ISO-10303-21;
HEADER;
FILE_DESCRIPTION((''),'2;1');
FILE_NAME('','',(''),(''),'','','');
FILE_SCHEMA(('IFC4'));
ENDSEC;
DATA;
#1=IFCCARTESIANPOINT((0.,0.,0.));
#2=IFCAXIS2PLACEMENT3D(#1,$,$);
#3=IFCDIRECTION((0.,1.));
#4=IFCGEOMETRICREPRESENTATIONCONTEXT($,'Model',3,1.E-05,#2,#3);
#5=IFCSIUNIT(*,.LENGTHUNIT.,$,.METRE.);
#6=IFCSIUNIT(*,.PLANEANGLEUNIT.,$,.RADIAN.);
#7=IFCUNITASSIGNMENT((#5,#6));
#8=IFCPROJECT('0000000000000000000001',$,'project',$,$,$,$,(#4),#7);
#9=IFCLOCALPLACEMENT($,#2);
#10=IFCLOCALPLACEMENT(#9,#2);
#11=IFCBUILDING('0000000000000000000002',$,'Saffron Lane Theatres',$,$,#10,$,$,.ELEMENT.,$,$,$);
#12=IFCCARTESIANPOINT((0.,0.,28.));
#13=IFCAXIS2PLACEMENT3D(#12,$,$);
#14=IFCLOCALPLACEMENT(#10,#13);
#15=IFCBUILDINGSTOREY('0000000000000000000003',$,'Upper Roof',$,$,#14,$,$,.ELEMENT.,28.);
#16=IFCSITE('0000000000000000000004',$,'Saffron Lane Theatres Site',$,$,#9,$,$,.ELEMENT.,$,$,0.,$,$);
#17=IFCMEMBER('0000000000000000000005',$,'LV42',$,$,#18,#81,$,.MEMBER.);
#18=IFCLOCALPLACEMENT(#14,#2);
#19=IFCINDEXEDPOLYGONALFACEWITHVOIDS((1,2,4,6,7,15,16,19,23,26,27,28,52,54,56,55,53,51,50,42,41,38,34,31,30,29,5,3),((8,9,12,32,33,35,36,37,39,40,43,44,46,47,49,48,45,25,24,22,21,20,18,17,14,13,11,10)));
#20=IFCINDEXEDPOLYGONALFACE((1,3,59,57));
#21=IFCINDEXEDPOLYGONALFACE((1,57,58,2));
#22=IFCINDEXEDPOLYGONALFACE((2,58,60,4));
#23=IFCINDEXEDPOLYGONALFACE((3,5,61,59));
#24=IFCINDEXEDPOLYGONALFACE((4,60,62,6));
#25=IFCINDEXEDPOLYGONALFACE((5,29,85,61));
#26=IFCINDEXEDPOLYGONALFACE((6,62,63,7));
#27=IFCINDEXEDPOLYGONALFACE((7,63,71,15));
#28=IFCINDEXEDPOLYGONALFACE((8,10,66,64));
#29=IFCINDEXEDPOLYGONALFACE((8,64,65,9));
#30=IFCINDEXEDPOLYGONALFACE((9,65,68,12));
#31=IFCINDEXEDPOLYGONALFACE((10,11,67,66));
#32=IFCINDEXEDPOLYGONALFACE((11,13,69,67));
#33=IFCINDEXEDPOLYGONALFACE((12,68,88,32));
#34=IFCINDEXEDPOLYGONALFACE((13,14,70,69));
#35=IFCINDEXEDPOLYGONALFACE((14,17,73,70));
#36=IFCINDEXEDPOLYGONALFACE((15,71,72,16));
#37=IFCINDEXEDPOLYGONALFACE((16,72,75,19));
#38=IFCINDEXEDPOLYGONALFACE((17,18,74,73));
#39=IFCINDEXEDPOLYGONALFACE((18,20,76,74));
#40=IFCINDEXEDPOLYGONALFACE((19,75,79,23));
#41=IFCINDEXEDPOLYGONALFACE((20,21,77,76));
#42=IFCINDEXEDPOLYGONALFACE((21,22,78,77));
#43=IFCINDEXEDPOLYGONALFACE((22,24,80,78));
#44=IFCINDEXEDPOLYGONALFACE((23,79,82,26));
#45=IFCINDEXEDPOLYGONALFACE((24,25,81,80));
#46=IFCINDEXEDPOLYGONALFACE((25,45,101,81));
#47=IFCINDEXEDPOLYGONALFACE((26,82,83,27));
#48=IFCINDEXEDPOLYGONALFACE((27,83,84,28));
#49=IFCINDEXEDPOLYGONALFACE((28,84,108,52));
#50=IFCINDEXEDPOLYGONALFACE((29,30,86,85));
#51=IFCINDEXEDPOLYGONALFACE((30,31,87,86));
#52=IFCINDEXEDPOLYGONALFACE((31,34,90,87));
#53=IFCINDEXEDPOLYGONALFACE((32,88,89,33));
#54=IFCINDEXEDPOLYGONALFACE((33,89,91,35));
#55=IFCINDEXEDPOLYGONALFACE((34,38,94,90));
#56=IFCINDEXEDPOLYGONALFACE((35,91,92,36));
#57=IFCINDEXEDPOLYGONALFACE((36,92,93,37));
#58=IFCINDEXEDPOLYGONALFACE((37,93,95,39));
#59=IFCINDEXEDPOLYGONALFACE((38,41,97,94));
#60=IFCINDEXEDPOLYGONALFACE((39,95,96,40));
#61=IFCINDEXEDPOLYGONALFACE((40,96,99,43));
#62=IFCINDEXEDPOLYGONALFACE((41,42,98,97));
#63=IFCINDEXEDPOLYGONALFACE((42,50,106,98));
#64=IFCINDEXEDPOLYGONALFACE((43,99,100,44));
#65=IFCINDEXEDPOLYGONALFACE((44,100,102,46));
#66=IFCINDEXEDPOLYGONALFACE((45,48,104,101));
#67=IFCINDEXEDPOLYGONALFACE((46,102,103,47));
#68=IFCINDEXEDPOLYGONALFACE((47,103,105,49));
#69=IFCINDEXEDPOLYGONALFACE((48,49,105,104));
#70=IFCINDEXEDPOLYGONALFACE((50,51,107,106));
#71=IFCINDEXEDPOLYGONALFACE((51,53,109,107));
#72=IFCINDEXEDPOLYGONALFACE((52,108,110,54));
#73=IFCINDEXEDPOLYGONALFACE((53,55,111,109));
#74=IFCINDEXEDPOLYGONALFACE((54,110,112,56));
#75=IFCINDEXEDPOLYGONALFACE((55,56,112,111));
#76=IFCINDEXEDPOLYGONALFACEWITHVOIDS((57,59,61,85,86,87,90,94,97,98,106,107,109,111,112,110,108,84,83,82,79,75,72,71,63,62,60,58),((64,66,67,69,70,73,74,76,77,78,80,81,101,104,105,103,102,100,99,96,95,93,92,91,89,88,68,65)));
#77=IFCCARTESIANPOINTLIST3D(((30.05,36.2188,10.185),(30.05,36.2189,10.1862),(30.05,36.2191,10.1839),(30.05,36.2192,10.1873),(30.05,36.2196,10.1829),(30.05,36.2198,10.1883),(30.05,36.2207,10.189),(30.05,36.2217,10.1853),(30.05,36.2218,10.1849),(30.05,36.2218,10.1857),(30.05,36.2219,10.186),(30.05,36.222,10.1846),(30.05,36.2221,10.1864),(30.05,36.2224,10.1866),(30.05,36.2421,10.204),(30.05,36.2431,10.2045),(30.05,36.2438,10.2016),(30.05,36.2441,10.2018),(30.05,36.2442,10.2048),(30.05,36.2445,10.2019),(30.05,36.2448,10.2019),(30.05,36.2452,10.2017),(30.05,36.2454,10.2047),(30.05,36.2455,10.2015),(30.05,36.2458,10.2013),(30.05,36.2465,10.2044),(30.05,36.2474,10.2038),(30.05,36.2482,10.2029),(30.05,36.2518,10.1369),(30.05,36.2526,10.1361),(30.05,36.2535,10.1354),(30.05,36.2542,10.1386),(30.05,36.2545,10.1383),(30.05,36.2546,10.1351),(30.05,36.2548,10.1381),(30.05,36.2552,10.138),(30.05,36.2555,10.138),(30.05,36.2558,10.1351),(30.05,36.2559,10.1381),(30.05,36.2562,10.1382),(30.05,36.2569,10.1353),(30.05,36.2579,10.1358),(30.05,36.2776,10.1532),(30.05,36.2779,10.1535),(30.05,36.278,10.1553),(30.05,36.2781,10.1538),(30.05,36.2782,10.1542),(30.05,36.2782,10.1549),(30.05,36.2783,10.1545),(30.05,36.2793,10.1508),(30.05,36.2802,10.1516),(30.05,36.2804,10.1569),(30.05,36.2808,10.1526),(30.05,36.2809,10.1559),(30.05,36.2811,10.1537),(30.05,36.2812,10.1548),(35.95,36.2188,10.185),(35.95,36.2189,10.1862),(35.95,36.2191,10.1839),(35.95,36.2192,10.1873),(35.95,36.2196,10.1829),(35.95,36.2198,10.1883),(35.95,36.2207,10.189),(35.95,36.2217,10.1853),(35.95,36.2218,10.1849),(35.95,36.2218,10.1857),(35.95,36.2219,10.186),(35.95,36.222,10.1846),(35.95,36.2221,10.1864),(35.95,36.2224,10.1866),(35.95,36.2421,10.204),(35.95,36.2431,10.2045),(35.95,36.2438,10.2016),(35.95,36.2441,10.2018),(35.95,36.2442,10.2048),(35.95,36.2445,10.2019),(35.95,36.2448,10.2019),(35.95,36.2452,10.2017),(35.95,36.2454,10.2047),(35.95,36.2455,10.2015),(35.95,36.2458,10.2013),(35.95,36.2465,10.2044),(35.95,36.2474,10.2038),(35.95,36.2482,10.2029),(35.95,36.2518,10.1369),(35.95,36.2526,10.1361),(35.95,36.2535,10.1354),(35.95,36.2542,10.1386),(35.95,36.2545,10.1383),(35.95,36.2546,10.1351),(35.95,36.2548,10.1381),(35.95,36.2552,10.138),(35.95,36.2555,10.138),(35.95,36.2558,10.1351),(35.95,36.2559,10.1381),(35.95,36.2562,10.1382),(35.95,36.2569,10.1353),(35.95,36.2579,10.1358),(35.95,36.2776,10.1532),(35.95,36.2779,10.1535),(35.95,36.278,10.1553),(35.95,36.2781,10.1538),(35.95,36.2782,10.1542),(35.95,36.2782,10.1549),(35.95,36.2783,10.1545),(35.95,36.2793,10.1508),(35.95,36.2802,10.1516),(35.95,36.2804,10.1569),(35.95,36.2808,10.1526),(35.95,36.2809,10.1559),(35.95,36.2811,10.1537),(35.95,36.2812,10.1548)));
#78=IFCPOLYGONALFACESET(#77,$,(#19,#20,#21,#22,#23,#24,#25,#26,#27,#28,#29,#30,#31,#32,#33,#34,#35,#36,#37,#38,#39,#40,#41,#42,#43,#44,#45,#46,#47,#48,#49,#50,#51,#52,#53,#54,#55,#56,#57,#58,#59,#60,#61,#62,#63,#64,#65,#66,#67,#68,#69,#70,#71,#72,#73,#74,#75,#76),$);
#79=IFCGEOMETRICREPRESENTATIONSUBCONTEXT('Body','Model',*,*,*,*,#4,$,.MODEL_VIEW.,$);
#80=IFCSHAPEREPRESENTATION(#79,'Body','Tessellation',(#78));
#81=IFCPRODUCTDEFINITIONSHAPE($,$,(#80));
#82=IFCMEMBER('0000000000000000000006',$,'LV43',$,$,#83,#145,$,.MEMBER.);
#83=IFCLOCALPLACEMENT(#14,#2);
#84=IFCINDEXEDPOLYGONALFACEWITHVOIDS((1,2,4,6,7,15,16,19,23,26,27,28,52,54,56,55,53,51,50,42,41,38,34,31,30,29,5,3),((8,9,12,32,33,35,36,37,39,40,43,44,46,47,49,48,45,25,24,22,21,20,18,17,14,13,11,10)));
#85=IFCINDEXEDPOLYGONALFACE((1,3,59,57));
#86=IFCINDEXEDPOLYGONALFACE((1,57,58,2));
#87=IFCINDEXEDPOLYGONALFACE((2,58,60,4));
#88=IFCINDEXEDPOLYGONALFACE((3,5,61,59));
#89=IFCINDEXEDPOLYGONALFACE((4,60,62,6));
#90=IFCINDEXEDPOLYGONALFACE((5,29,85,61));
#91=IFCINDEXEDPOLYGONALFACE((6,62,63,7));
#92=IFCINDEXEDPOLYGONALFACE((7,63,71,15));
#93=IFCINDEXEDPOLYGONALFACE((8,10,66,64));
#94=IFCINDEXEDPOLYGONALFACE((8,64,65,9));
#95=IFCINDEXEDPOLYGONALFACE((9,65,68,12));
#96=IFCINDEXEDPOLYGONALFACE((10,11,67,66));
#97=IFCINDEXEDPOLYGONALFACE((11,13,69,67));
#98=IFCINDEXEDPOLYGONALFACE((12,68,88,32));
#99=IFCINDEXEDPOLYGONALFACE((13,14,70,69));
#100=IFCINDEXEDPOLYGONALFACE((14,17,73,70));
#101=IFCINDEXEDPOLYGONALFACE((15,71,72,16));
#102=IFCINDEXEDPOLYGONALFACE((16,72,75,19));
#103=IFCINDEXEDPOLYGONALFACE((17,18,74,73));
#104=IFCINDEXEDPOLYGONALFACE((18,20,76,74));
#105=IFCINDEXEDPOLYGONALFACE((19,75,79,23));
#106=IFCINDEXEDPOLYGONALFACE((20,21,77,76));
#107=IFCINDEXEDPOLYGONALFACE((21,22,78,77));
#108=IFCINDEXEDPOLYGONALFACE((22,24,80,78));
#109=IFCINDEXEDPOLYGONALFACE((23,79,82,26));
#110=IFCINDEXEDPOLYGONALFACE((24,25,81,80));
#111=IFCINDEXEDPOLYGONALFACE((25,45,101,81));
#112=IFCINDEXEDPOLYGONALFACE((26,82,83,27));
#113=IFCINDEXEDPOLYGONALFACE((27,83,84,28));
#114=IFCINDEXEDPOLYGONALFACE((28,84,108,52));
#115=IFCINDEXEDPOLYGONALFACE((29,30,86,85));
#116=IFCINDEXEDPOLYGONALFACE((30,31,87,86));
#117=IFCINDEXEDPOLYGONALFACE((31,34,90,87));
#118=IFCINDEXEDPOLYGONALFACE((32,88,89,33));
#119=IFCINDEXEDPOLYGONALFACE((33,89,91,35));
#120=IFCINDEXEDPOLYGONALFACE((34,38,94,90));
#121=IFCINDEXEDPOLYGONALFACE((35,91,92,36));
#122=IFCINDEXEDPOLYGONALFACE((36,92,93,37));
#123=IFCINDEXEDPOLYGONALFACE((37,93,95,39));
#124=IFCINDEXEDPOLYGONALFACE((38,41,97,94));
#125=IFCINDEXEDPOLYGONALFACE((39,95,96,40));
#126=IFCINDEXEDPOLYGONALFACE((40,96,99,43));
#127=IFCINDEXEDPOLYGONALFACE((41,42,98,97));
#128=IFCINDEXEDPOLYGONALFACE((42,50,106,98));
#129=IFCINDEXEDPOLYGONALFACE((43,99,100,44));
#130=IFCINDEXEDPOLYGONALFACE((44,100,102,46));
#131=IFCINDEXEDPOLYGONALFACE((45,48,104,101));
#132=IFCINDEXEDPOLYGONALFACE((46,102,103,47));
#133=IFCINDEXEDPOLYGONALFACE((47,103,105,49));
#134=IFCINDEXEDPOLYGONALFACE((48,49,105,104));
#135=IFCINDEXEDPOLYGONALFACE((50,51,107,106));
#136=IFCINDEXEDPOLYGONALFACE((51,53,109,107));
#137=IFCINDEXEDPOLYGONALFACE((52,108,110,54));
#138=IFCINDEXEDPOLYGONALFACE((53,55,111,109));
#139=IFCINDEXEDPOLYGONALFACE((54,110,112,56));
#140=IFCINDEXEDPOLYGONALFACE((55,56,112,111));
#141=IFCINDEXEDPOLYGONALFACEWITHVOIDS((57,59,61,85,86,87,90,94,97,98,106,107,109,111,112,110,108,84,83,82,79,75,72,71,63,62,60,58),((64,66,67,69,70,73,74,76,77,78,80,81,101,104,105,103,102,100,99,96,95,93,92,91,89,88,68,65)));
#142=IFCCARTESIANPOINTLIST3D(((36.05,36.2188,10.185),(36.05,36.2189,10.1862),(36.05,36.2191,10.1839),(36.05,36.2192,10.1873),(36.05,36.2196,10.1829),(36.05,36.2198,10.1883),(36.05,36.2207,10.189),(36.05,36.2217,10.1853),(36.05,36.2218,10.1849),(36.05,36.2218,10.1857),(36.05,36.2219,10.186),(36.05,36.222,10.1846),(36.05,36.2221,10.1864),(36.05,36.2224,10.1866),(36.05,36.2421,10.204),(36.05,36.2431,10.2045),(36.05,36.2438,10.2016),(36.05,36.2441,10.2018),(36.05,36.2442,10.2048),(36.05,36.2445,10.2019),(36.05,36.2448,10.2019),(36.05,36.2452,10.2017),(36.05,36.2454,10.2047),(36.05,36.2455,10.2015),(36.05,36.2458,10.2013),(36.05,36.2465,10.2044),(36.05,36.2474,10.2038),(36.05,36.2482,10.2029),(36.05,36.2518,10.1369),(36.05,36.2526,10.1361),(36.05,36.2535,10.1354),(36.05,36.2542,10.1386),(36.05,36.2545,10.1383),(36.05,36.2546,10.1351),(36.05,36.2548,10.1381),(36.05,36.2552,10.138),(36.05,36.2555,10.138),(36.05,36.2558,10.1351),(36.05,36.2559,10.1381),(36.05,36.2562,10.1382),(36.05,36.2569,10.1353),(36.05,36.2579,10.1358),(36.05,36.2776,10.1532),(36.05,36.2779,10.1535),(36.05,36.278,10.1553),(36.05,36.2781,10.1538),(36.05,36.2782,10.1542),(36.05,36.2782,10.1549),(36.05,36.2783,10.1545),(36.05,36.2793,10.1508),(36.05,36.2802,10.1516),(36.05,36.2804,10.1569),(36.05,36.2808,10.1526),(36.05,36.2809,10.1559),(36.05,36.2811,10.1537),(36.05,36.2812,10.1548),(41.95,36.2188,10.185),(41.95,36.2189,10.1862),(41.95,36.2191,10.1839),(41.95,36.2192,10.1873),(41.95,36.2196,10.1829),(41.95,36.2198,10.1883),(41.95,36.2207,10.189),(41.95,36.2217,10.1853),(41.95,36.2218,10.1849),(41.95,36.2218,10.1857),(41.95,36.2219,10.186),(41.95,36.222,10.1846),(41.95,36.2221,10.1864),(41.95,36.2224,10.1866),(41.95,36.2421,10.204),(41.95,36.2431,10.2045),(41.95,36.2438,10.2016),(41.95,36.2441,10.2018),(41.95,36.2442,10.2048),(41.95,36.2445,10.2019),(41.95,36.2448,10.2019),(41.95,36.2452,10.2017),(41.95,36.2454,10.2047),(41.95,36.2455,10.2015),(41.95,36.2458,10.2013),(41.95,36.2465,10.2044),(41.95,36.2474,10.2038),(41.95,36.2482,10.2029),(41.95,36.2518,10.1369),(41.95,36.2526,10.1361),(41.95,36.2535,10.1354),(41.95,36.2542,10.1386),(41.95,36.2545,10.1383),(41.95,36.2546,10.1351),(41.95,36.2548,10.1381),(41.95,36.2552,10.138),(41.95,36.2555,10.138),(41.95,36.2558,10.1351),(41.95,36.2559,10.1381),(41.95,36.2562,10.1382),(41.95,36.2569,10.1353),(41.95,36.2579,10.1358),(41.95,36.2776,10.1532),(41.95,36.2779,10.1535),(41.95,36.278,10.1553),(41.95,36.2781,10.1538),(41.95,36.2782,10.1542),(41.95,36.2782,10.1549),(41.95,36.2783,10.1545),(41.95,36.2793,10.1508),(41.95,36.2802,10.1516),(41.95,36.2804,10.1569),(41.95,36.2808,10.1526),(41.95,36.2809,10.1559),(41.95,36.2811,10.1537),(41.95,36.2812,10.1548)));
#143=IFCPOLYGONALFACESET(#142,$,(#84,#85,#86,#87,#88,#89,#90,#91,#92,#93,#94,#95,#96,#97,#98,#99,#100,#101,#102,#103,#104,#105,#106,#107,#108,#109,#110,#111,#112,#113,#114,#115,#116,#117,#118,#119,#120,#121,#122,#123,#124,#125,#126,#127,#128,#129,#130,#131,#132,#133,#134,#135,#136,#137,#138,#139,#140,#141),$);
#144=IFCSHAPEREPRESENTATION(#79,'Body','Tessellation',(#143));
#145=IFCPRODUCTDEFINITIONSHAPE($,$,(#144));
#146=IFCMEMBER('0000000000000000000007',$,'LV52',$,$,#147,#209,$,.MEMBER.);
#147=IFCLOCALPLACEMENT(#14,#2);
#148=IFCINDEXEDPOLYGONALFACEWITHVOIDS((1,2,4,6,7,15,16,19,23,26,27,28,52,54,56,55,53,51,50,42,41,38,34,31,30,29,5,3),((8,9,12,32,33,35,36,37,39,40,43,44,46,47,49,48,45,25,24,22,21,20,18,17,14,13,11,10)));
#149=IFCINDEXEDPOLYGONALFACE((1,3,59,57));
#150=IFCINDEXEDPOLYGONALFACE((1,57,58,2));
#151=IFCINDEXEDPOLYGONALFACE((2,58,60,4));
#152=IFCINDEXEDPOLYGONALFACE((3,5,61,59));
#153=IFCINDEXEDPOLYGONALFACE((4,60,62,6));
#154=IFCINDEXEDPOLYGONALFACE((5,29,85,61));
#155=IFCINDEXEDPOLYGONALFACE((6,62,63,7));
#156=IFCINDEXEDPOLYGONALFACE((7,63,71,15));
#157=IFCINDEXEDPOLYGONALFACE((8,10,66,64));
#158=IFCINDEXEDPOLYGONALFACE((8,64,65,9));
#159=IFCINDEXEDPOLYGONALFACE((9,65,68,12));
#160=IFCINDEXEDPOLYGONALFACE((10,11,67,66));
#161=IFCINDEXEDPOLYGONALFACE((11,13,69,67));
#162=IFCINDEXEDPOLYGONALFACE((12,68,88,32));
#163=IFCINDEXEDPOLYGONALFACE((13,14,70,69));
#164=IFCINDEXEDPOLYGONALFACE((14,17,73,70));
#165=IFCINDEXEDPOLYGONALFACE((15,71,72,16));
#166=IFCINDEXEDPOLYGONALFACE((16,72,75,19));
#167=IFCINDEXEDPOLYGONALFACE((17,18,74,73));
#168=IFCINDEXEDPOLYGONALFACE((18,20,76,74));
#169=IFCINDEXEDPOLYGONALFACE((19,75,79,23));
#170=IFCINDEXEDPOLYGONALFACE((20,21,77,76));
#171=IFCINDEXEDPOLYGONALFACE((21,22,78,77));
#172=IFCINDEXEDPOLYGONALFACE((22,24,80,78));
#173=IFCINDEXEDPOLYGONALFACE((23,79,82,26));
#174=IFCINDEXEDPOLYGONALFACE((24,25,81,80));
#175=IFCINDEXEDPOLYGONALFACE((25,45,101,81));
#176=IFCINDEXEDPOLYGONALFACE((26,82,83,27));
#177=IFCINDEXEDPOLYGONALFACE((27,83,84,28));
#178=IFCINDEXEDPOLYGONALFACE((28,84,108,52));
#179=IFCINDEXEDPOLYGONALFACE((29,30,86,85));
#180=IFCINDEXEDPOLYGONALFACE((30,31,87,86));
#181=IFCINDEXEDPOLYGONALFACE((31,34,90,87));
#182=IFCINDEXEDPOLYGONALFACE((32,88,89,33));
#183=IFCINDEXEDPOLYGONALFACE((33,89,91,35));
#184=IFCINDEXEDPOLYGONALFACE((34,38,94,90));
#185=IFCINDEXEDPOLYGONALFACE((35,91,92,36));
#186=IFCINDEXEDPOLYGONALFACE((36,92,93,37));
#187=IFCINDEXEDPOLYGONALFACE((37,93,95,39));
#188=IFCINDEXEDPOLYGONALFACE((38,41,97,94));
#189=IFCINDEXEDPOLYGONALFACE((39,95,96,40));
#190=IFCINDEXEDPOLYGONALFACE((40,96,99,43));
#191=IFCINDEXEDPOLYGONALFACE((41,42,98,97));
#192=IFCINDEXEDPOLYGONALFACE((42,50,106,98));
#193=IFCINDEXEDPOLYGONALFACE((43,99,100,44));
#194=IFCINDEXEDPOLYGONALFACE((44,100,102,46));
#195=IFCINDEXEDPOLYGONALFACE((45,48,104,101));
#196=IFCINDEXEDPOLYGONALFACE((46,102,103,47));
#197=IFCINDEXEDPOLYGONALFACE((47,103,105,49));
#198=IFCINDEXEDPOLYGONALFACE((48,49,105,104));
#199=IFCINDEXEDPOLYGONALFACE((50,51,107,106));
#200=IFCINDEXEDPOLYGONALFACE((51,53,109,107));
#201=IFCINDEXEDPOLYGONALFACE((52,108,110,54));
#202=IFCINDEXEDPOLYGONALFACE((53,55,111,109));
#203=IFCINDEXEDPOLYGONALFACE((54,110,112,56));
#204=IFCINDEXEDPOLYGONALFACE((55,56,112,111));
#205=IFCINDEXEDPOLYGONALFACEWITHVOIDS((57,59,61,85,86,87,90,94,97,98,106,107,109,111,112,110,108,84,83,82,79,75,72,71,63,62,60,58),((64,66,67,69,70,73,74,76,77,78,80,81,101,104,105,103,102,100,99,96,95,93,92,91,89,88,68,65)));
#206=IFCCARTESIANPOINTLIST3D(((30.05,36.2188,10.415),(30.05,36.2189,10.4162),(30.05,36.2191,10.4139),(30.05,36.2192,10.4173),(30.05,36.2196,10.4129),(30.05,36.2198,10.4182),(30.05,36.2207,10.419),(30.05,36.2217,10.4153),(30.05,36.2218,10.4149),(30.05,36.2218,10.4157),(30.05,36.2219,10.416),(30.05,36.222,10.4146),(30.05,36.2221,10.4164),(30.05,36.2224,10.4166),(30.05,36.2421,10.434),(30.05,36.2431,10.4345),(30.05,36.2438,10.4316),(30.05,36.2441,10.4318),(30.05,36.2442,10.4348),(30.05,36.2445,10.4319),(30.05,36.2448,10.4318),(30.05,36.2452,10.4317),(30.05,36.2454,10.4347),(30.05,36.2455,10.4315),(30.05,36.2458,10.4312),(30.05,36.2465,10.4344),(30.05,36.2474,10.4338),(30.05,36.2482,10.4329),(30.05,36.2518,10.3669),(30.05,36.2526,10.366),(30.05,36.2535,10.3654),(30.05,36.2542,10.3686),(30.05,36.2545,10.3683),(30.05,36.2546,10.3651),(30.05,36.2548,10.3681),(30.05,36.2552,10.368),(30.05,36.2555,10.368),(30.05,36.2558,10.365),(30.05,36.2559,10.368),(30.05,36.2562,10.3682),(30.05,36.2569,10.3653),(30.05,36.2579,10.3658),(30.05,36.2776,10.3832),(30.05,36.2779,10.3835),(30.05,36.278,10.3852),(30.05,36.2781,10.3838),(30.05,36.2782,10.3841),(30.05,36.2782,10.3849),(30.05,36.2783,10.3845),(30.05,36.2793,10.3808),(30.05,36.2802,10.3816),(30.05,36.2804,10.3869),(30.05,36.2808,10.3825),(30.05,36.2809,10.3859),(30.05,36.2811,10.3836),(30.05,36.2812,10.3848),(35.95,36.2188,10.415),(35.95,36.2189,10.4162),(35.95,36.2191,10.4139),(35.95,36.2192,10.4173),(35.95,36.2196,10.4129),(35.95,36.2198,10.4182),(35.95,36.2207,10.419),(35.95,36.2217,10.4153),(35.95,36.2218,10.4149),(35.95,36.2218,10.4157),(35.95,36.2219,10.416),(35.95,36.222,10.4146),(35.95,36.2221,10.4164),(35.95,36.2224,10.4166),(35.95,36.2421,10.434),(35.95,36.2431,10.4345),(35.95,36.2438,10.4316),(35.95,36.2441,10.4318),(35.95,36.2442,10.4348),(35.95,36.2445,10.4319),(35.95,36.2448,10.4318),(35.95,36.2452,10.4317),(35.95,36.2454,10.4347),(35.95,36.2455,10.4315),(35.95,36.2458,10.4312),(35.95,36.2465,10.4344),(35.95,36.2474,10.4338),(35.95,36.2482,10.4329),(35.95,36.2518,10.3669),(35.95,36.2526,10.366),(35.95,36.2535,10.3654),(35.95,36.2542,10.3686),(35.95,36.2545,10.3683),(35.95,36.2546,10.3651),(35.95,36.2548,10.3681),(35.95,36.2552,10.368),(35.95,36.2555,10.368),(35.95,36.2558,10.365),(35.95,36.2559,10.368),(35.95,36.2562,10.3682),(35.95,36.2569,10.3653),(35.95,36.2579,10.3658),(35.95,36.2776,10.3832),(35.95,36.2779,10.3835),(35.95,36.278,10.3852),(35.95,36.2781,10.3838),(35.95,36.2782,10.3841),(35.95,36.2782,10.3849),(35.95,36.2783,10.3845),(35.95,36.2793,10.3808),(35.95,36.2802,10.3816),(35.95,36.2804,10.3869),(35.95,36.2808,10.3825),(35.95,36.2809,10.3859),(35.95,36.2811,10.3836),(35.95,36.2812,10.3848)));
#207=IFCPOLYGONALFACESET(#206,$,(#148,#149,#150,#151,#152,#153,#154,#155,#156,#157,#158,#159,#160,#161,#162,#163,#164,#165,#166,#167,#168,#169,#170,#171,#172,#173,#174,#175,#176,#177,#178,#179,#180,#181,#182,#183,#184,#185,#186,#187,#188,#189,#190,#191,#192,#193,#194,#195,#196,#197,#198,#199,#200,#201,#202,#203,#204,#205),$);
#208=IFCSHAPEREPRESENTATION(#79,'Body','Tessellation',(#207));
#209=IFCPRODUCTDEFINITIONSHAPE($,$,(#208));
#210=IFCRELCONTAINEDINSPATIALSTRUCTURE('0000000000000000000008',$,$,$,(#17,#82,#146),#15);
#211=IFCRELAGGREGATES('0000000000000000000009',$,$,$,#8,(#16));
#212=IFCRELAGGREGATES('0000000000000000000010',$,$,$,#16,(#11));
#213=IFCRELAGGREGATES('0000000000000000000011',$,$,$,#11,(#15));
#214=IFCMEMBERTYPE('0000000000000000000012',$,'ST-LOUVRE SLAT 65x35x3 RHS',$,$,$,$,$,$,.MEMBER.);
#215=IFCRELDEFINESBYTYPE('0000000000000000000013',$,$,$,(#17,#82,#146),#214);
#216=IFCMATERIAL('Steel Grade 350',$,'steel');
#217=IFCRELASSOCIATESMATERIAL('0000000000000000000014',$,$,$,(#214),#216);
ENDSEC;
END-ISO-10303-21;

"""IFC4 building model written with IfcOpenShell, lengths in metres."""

from ifc_helpers import new_model, si_unit, direction, frame, origin, origin_2d, place, context, subcontext, project, spatial, hollow_rectangle, extrude, material, material_profile, profile_set, type_object, element, save


model = new_model("IFC4")

# Units and contexts
model_context = context("Model", 3, precision=1e-05, world=origin(), true_north=direction((0.0, 1.0)))
body_context = subcontext(model_context, "Body", "Model", "MODEL_VIEW")
ifc_project = project(units=[si_unit("LENGTHUNIT", "METRE"), si_unit("PLANEANGLEUNIT", "RADIAN")], contexts=[model_context])

# Site, building, storey
site_placement = place(None, origin())
site = spatial("IfcSite", under=ifc_project, at=site_placement, Name="Saffron Lane Theatres Site", CompositionType="ELEMENT", RefElevation=0.0)
building_placement = place(site_placement, origin())
building = spatial("IfcBuilding", under=site, at=building_placement, Name="Saffron Lane Theatres", CompositionType="ELEMENT")
storey_placement = place(building_placement, frame((0.0, 0.0, 28.0)))
storey = spatial("IfcBuildingStorey", under=building, at=storey_placement, Name="Upper Roof", CompositionType="ELEMENT", Elevation=28.0)

# Members
ifc_material_1 = material(Name="Steel Grade 350", Category="steel")
ifc_material_profile_1 = material_profile(ifc_material_1, hollow_rectangle(XDim=0.0349, YDim=0.0649, WallThickness=0.0029, InnerFilletRadius=0.0015, OuterFilletRadius=0.0044, at=origin_2d()))
ifc_profile_set_1 = profile_set([ifc_material_profile_1], Name="Steel Grade 350")
member_type_1 = type_object("IfcMemberType", Name="ST-LOUVRE SLAT 65x35x3 RHS", PredefinedType="MEMBER", material=ifc_profile_set_1)
for number, where, z_axis, x_axis, name in (
    (1, (30.05, 36.25, 10.1699), (1.0, 0.0, 0.0), (0.0, 0.819152, 0.573576), "LV42"),
    (2, (36.05, 36.25, 10.1699), (1.0, 0.0, 0.0), (0.0, 0.819152, 0.573576), "LV43"),
    (3, (30.05, 36.25, 10.3999), (1.0, 0.0, 0.0), (0.0, 0.819152, 0.573576), "LV52"),
):
    element("IfcMember", number, at=place(storey_placement, frame(where, z_axis=z_axis, x_axis=x_axis)), inside=storey, type_object=member_type_1, Name=name, PredefinedType="MEMBER", context=body_context, shape_type="SweptSolid", body=[
        extrude(hollow_rectangle(XDim=0.0349, YDim=0.0649, WallThickness=0.0029, InnerFilletRadius=0.0015, OuterFilletRadius=0.0044, at=origin_2d()), origin(), (0.0, 0.0, 1.0), 5.8999),
    ])

save(model, "model.ifc")
